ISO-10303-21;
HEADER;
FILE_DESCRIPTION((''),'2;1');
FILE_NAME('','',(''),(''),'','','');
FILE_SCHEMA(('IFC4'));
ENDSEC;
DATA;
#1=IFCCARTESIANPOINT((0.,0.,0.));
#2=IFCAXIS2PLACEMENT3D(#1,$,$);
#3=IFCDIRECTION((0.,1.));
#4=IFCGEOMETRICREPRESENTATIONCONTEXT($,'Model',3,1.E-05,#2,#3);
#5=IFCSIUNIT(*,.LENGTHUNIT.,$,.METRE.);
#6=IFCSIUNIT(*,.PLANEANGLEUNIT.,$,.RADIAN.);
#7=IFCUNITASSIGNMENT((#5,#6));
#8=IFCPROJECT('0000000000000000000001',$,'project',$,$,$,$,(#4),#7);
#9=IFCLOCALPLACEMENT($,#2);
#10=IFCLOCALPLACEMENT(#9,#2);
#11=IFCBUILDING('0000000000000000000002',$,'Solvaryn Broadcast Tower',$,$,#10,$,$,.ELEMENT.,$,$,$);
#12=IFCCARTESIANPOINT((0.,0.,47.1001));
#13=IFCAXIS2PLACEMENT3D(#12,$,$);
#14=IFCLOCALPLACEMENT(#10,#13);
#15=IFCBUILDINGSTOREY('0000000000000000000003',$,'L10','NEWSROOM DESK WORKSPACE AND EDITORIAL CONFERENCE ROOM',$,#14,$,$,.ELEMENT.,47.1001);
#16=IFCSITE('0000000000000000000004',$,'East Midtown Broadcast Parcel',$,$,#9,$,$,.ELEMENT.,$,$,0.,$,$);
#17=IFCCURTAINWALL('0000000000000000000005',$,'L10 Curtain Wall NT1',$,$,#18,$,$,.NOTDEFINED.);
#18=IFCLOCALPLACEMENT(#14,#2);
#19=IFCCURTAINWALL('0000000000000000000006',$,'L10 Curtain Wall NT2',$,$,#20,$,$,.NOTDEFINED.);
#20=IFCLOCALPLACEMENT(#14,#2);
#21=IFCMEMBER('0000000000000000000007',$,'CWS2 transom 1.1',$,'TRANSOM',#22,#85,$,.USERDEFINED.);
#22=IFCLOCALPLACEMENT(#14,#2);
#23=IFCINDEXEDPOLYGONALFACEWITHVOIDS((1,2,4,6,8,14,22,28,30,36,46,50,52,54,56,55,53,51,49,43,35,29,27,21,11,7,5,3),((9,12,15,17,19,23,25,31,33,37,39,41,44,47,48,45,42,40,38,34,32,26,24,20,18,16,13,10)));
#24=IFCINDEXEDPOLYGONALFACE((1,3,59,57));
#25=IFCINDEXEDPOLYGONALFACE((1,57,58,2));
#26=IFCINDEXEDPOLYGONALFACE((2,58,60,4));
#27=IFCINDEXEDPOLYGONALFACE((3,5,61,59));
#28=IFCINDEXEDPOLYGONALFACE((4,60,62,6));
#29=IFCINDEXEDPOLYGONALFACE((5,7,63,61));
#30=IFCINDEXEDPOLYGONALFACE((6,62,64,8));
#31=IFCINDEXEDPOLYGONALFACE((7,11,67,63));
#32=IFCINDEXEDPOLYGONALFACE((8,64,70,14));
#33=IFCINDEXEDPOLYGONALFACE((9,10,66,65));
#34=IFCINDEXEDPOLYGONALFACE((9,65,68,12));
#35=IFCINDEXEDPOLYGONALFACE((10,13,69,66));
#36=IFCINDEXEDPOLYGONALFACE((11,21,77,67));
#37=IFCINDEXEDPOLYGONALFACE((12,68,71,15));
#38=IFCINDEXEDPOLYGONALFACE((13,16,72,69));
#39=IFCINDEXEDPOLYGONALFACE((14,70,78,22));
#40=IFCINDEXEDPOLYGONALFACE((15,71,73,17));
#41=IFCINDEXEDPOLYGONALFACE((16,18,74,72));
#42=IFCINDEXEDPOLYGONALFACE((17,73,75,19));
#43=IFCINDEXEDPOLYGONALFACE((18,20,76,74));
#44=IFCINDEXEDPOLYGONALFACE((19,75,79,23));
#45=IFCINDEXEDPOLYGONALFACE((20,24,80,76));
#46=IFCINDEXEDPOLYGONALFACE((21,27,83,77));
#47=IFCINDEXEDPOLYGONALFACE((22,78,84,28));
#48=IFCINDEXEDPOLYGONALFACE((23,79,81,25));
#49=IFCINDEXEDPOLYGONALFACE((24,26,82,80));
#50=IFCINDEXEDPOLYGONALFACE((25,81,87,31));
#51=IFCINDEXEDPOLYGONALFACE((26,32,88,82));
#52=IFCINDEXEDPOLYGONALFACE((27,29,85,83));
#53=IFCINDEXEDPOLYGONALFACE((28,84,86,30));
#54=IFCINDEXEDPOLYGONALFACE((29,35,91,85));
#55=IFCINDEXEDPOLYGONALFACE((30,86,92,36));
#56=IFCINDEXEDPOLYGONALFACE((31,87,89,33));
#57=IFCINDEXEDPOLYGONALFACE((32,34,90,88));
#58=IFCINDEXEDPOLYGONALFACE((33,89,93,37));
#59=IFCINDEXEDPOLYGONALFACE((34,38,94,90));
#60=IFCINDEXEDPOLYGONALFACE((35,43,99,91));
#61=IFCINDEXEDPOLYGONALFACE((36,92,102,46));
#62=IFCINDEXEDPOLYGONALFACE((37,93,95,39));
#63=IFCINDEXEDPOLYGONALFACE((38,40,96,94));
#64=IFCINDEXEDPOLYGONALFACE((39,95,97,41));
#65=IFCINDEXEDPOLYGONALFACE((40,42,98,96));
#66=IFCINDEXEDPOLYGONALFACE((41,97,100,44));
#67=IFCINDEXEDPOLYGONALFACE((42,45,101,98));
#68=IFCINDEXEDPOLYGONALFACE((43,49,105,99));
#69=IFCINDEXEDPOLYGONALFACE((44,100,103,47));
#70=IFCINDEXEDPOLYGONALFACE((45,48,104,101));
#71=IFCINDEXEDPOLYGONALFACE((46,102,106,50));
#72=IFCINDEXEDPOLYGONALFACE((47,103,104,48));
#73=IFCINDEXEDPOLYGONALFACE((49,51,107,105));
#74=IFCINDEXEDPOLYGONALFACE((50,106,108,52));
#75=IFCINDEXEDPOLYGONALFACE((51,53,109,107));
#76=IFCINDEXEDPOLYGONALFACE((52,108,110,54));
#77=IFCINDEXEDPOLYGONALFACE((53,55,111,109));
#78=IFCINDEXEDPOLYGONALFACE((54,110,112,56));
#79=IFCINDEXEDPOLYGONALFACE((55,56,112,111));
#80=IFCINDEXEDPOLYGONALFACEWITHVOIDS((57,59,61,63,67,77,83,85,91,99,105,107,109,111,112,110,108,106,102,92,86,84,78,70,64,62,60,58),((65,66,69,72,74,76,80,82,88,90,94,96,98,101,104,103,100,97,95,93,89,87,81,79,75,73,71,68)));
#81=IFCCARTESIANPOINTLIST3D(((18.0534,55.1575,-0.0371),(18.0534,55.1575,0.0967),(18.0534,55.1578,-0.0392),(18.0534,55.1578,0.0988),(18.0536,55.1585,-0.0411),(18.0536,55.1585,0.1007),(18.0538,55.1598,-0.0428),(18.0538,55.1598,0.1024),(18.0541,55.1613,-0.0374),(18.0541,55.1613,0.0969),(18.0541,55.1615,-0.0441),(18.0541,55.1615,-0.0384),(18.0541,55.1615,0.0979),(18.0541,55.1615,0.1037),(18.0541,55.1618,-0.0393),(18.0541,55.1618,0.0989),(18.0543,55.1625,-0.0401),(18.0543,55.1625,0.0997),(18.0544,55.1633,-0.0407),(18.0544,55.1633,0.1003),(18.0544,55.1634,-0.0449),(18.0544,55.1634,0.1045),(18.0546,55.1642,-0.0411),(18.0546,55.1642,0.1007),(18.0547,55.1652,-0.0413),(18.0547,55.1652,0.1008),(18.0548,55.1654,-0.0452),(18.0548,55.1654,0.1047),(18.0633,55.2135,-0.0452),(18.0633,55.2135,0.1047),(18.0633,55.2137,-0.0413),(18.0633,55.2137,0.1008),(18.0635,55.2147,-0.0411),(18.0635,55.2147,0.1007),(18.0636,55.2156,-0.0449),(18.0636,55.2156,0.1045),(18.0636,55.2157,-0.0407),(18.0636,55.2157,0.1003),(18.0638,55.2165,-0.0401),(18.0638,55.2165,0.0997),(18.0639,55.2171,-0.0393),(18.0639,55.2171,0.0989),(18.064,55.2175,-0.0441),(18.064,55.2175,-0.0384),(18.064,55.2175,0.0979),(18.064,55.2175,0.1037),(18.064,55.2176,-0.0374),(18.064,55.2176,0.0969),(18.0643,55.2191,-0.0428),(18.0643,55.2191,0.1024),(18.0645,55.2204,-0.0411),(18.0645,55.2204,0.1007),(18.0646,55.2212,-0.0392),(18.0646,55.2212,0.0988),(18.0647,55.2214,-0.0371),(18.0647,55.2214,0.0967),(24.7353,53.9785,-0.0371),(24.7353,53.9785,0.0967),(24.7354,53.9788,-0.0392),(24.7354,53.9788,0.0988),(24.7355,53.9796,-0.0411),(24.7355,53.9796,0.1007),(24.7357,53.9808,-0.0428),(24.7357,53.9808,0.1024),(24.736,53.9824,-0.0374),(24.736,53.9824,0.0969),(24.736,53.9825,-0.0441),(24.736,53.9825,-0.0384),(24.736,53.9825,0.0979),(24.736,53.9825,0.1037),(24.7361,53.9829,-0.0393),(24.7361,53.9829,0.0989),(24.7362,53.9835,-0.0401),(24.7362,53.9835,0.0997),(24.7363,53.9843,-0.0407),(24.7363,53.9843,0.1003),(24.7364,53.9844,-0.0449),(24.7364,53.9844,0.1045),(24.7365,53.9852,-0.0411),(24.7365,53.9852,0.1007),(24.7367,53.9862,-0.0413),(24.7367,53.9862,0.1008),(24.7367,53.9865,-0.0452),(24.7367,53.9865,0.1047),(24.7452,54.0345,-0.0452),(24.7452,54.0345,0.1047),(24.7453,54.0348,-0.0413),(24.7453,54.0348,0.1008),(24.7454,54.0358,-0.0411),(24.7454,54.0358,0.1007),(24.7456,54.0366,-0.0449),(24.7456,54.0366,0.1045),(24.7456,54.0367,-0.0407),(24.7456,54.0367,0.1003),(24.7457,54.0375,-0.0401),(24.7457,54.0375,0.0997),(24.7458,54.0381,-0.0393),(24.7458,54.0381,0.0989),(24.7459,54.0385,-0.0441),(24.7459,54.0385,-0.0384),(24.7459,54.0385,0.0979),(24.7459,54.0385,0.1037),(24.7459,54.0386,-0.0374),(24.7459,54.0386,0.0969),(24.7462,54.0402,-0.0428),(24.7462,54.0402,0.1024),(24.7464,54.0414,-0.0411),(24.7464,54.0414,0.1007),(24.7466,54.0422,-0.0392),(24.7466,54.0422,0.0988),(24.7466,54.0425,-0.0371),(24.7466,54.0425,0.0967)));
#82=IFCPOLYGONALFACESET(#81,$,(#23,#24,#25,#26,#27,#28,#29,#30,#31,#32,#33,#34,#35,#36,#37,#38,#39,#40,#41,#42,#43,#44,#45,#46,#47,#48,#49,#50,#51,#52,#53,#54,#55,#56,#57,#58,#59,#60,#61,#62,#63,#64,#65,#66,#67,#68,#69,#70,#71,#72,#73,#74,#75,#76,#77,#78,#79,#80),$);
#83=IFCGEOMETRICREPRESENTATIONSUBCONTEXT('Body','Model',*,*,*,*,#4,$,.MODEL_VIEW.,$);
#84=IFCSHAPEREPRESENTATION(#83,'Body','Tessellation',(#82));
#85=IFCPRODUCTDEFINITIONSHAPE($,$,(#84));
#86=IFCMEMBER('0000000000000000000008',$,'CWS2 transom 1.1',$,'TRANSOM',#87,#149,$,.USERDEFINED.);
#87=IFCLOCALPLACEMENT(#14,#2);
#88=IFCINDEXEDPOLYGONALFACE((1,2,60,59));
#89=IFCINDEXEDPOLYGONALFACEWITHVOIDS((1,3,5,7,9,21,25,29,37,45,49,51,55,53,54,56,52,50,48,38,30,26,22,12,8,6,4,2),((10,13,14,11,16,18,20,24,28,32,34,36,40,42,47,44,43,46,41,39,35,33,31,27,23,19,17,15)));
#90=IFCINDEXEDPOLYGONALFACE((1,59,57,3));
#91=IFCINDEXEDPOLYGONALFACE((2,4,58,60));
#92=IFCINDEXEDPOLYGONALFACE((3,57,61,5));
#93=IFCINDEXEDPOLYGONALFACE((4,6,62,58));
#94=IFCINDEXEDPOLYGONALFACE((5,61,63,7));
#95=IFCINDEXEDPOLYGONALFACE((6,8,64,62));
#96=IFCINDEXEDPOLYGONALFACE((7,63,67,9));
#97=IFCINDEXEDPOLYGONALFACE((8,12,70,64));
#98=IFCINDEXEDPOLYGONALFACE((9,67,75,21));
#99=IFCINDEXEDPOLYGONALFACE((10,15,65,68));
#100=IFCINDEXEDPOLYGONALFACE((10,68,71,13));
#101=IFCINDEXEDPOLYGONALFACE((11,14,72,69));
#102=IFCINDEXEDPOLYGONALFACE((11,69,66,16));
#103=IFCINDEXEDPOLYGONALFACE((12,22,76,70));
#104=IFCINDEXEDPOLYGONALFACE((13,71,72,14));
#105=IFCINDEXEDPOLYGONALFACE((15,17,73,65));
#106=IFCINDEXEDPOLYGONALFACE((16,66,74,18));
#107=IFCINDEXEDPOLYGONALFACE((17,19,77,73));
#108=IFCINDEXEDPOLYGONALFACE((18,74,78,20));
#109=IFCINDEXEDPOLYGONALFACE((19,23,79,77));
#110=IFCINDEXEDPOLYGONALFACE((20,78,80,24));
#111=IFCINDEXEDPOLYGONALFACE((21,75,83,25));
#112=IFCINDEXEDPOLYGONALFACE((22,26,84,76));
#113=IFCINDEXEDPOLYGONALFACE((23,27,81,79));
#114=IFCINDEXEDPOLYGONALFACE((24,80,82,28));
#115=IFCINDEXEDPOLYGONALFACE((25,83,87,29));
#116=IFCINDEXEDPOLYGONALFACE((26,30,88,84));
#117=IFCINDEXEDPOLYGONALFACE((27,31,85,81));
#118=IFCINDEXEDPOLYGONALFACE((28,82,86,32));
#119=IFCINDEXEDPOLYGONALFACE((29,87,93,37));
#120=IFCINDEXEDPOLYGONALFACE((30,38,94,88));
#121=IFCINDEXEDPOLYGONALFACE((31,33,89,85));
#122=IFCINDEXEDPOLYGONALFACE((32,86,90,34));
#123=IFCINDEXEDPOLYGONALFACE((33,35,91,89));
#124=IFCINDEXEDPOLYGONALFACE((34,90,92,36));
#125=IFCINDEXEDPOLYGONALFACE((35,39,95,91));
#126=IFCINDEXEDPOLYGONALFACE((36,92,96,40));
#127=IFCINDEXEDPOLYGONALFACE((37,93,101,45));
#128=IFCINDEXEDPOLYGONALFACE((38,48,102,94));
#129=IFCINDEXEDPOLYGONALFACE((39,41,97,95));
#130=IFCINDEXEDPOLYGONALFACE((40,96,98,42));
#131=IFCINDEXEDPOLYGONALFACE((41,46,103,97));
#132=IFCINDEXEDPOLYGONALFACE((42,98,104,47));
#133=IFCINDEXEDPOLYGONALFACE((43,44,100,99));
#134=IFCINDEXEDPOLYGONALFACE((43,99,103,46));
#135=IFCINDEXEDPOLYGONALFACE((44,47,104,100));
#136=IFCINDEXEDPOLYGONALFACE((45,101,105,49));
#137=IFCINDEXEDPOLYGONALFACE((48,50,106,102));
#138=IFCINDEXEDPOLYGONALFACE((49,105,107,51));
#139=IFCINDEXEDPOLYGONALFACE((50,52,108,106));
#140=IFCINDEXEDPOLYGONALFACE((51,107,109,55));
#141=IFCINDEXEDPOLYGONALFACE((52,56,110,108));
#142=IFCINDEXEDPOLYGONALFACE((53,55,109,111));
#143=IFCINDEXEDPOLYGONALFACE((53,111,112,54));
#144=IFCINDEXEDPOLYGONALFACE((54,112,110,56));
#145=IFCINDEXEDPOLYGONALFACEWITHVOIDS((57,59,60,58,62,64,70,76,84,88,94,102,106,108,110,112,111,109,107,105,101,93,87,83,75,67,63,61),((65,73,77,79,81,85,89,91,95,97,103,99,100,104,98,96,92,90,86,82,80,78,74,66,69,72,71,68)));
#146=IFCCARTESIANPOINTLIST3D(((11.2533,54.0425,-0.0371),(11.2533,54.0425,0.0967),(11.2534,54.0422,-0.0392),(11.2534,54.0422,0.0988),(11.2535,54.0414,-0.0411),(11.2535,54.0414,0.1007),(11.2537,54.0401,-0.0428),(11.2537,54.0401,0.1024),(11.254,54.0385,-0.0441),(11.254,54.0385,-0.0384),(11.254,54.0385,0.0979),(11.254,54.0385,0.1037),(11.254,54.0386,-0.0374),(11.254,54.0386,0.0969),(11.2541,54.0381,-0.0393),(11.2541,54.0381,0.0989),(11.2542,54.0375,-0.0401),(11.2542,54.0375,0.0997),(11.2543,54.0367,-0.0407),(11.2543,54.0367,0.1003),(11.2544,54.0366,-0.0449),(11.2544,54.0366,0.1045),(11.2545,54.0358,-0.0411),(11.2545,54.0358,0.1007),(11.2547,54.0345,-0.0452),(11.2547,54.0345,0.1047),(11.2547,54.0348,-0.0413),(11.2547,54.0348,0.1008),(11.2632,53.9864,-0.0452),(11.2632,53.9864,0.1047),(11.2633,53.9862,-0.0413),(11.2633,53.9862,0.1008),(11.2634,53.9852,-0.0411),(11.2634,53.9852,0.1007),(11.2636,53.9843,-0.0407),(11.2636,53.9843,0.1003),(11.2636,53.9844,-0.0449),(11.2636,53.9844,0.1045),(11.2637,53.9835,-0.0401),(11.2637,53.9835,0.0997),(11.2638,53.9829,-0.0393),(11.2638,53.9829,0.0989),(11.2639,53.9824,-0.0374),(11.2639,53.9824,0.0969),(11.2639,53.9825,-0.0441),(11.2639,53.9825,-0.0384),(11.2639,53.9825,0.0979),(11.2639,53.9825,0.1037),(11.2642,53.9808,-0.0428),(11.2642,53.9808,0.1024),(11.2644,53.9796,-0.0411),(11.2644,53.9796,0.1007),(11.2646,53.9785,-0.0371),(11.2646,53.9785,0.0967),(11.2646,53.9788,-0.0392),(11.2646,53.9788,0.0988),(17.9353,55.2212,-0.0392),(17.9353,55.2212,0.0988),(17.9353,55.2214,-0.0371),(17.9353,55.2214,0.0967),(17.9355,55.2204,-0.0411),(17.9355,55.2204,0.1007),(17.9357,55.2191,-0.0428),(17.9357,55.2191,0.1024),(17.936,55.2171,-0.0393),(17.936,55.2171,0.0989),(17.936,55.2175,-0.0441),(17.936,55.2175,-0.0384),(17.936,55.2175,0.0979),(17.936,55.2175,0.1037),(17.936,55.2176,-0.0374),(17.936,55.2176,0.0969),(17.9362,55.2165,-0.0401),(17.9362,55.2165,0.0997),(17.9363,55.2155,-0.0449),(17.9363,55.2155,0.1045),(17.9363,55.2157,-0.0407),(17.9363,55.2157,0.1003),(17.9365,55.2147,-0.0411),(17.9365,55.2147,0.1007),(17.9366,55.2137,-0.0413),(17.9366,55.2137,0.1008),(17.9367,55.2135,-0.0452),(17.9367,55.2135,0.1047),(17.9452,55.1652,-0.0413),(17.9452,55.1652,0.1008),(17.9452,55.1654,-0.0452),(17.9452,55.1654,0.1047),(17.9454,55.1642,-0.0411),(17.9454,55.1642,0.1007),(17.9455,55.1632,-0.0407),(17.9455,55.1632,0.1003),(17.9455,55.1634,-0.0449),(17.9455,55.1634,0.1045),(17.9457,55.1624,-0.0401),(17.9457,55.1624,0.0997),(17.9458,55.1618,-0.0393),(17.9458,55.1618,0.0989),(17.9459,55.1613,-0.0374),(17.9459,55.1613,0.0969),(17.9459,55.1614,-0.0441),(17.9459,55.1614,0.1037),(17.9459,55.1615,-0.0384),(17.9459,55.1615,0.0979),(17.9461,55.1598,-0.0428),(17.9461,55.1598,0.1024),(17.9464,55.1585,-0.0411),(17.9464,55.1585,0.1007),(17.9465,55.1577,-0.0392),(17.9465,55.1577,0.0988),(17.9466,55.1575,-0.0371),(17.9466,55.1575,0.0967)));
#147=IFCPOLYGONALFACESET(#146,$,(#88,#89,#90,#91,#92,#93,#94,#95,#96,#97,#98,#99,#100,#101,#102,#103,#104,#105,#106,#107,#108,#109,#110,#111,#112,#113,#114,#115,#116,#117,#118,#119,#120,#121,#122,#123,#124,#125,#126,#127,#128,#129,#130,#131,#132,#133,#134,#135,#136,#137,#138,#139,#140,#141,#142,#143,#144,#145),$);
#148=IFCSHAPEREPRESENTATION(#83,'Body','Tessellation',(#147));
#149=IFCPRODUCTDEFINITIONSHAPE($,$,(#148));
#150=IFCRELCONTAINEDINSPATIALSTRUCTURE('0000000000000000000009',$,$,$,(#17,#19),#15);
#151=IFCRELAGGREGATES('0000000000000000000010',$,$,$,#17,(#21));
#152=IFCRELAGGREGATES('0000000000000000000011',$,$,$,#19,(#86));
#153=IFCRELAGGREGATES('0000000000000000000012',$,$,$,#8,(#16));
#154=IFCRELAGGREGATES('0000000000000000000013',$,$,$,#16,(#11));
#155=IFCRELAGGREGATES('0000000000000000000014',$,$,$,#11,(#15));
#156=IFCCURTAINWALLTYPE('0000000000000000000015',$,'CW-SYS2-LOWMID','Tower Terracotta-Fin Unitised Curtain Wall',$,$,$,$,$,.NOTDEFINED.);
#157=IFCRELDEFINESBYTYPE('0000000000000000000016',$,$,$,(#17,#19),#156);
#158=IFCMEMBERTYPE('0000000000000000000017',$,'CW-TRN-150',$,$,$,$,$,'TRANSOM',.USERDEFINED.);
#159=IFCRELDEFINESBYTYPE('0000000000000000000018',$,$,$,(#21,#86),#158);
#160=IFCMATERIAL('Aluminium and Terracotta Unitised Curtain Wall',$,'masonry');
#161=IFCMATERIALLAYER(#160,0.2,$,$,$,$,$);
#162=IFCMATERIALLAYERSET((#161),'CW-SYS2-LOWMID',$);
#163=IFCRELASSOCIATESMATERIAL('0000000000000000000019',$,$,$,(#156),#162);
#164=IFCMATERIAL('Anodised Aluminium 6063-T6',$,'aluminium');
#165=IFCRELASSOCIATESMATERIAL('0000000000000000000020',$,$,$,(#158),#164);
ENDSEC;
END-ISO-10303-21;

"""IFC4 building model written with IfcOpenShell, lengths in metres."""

from ifc_helpers import new_model, si_unit, direction, frame, origin, origin_2d, place, context, subcontext, project, spatial, hollow_rectangle, extrude, material, layer, layer_set, material_profile, profile_set, type_object, element, aggregate, save


model = new_model("IFC4")

# Units and contexts
model_context = context("Model", 3, precision=1e-05, world=origin(), true_north=direction((0.0, 1.0)))
body_context = subcontext(model_context, "Body", "Model", "MODEL_VIEW")
ifc_project = project(units=[si_unit("LENGTHUNIT", "METRE"), si_unit("PLANEANGLEUNIT", "RADIAN")], contexts=[model_context])

# Site, building, storey
site_placement = place(None, origin())
site = spatial("IfcSite", under=ifc_project, at=site_placement, Name="East Midtown Broadcast Parcel", CompositionType="ELEMENT", RefElevation=0.0)
building_placement = place(site_placement, origin())
building = spatial("IfcBuilding", under=site, at=building_placement, Name="Solvaryn Broadcast Tower", CompositionType="ELEMENT")
storey_placement = place(building_placement, frame((0.0, 0.0, 47.1001)))
storey = spatial("IfcBuildingStorey", under=building, at=storey_placement, Name="L10", Description="NEWSROOM DESK WORKSPACE AND EDITORIAL CONFERENCE ROOM", CompositionType="ELEMENT", Elevation=47.1001)

# Curtain walls
ifc_material_1 = material(Name="Aluminium and Terracotta Unitised Curtain Wall", Category="masonry")
ifc_layer_1 = layer(ifc_material_1, 0.2)
ifc_layer_set_1 = layer_set([ifc_layer_1], Name="CW-SYS2-LOWMID")
curtain_wall_type = type_object("IfcCurtainWallType", Name="CW-SYS2-LOWMID", Description="Tower Terracotta-Fin Unitised Curtain Wall", PredefinedType="NOTDEFINED", material=ifc_layer_set_1)
curtain_wall_1_placement = place(storey_placement, origin())
curtain_wall_1 = element("IfcCurtainWall", 1, at=curtain_wall_1_placement, inside=storey, type_object=curtain_wall_type, Name="L10 Curtain Wall NT1", PredefinedType="NOTDEFINED")
curtain_wall_2_placement = place(storey_placement, origin())
curtain_wall_2 = element("IfcCurtainWall", 2, at=curtain_wall_2_placement, inside=storey, type_object=curtain_wall_type, Name="L10 Curtain Wall NT2", PredefinedType="NOTDEFINED")

# Members
ifc_material_2 = material(Name="Anodised Aluminium 6063-T6", Category="aluminium")
ifc_material_profile_1 = material_profile(ifc_material_2, hollow_rectangle(XDim=0.0649, YDim=0.1499, WallThickness=0.0039, InnerFilletRadius=0.0039, OuterFilletRadius=0.0081, at=origin_2d()))
ifc_profile_set_1 = profile_set([ifc_material_profile_1], Name="Anodised Aluminium 6063-T6")
member_type_1 = type_object("IfcMemberType", Name="CW-TRN-150", ElementType="TRANSOM", PredefinedType="USERDEFINED", material=ifc_profile_set_1)
member_1_placement = place(storey_placement, frame((24.741, 54.0105, 0.0298), z_axis=(-0.984789, 0.173757, 0.0), x_axis=(-0.173757, -0.984789, 0.0)))
member_1 = element("IfcMember", 3, at=member_1_placement, type_object=member_type_1, Name="CWS2 transom 1.1", ObjectType="TRANSOM", PredefinedType="USERDEFINED", context=body_context, shape_type="SweptSolid", body=[
    extrude(hollow_rectangle(XDim=0.0649, YDim=0.1499, WallThickness=0.0039, InnerFilletRadius=0.0039, OuterFilletRadius=0.0081, at=origin_2d()), origin(), (0.0, 0.0, 1.0), 6.7852),
])
member_2_placement = place(storey_placement, frame((17.9409, 55.1895, 0.0298), z_axis=(-0.984789, -0.173757, 0.0), x_axis=(0.173757, -0.984789, 0.0)))
member_2 = element("IfcMember", 4, at=member_2_placement, type_object=member_type_1, Name="CWS2 transom 1.1", ObjectType="TRANSOM", PredefinedType="USERDEFINED", context=body_context, shape_type="SweptSolid", body=[
    extrude(hollow_rectangle(XDim=0.0649, YDim=0.1499, WallThickness=0.0039, InnerFilletRadius=0.0039, OuterFilletRadius=0.0081, at=origin_2d()), origin(), (0.0, 0.0, 1.0), 6.7852),
])

aggregate(curtain_wall_1, [member_1])
aggregate(curtain_wall_2, [member_2])

save(model, "model.ifc")
